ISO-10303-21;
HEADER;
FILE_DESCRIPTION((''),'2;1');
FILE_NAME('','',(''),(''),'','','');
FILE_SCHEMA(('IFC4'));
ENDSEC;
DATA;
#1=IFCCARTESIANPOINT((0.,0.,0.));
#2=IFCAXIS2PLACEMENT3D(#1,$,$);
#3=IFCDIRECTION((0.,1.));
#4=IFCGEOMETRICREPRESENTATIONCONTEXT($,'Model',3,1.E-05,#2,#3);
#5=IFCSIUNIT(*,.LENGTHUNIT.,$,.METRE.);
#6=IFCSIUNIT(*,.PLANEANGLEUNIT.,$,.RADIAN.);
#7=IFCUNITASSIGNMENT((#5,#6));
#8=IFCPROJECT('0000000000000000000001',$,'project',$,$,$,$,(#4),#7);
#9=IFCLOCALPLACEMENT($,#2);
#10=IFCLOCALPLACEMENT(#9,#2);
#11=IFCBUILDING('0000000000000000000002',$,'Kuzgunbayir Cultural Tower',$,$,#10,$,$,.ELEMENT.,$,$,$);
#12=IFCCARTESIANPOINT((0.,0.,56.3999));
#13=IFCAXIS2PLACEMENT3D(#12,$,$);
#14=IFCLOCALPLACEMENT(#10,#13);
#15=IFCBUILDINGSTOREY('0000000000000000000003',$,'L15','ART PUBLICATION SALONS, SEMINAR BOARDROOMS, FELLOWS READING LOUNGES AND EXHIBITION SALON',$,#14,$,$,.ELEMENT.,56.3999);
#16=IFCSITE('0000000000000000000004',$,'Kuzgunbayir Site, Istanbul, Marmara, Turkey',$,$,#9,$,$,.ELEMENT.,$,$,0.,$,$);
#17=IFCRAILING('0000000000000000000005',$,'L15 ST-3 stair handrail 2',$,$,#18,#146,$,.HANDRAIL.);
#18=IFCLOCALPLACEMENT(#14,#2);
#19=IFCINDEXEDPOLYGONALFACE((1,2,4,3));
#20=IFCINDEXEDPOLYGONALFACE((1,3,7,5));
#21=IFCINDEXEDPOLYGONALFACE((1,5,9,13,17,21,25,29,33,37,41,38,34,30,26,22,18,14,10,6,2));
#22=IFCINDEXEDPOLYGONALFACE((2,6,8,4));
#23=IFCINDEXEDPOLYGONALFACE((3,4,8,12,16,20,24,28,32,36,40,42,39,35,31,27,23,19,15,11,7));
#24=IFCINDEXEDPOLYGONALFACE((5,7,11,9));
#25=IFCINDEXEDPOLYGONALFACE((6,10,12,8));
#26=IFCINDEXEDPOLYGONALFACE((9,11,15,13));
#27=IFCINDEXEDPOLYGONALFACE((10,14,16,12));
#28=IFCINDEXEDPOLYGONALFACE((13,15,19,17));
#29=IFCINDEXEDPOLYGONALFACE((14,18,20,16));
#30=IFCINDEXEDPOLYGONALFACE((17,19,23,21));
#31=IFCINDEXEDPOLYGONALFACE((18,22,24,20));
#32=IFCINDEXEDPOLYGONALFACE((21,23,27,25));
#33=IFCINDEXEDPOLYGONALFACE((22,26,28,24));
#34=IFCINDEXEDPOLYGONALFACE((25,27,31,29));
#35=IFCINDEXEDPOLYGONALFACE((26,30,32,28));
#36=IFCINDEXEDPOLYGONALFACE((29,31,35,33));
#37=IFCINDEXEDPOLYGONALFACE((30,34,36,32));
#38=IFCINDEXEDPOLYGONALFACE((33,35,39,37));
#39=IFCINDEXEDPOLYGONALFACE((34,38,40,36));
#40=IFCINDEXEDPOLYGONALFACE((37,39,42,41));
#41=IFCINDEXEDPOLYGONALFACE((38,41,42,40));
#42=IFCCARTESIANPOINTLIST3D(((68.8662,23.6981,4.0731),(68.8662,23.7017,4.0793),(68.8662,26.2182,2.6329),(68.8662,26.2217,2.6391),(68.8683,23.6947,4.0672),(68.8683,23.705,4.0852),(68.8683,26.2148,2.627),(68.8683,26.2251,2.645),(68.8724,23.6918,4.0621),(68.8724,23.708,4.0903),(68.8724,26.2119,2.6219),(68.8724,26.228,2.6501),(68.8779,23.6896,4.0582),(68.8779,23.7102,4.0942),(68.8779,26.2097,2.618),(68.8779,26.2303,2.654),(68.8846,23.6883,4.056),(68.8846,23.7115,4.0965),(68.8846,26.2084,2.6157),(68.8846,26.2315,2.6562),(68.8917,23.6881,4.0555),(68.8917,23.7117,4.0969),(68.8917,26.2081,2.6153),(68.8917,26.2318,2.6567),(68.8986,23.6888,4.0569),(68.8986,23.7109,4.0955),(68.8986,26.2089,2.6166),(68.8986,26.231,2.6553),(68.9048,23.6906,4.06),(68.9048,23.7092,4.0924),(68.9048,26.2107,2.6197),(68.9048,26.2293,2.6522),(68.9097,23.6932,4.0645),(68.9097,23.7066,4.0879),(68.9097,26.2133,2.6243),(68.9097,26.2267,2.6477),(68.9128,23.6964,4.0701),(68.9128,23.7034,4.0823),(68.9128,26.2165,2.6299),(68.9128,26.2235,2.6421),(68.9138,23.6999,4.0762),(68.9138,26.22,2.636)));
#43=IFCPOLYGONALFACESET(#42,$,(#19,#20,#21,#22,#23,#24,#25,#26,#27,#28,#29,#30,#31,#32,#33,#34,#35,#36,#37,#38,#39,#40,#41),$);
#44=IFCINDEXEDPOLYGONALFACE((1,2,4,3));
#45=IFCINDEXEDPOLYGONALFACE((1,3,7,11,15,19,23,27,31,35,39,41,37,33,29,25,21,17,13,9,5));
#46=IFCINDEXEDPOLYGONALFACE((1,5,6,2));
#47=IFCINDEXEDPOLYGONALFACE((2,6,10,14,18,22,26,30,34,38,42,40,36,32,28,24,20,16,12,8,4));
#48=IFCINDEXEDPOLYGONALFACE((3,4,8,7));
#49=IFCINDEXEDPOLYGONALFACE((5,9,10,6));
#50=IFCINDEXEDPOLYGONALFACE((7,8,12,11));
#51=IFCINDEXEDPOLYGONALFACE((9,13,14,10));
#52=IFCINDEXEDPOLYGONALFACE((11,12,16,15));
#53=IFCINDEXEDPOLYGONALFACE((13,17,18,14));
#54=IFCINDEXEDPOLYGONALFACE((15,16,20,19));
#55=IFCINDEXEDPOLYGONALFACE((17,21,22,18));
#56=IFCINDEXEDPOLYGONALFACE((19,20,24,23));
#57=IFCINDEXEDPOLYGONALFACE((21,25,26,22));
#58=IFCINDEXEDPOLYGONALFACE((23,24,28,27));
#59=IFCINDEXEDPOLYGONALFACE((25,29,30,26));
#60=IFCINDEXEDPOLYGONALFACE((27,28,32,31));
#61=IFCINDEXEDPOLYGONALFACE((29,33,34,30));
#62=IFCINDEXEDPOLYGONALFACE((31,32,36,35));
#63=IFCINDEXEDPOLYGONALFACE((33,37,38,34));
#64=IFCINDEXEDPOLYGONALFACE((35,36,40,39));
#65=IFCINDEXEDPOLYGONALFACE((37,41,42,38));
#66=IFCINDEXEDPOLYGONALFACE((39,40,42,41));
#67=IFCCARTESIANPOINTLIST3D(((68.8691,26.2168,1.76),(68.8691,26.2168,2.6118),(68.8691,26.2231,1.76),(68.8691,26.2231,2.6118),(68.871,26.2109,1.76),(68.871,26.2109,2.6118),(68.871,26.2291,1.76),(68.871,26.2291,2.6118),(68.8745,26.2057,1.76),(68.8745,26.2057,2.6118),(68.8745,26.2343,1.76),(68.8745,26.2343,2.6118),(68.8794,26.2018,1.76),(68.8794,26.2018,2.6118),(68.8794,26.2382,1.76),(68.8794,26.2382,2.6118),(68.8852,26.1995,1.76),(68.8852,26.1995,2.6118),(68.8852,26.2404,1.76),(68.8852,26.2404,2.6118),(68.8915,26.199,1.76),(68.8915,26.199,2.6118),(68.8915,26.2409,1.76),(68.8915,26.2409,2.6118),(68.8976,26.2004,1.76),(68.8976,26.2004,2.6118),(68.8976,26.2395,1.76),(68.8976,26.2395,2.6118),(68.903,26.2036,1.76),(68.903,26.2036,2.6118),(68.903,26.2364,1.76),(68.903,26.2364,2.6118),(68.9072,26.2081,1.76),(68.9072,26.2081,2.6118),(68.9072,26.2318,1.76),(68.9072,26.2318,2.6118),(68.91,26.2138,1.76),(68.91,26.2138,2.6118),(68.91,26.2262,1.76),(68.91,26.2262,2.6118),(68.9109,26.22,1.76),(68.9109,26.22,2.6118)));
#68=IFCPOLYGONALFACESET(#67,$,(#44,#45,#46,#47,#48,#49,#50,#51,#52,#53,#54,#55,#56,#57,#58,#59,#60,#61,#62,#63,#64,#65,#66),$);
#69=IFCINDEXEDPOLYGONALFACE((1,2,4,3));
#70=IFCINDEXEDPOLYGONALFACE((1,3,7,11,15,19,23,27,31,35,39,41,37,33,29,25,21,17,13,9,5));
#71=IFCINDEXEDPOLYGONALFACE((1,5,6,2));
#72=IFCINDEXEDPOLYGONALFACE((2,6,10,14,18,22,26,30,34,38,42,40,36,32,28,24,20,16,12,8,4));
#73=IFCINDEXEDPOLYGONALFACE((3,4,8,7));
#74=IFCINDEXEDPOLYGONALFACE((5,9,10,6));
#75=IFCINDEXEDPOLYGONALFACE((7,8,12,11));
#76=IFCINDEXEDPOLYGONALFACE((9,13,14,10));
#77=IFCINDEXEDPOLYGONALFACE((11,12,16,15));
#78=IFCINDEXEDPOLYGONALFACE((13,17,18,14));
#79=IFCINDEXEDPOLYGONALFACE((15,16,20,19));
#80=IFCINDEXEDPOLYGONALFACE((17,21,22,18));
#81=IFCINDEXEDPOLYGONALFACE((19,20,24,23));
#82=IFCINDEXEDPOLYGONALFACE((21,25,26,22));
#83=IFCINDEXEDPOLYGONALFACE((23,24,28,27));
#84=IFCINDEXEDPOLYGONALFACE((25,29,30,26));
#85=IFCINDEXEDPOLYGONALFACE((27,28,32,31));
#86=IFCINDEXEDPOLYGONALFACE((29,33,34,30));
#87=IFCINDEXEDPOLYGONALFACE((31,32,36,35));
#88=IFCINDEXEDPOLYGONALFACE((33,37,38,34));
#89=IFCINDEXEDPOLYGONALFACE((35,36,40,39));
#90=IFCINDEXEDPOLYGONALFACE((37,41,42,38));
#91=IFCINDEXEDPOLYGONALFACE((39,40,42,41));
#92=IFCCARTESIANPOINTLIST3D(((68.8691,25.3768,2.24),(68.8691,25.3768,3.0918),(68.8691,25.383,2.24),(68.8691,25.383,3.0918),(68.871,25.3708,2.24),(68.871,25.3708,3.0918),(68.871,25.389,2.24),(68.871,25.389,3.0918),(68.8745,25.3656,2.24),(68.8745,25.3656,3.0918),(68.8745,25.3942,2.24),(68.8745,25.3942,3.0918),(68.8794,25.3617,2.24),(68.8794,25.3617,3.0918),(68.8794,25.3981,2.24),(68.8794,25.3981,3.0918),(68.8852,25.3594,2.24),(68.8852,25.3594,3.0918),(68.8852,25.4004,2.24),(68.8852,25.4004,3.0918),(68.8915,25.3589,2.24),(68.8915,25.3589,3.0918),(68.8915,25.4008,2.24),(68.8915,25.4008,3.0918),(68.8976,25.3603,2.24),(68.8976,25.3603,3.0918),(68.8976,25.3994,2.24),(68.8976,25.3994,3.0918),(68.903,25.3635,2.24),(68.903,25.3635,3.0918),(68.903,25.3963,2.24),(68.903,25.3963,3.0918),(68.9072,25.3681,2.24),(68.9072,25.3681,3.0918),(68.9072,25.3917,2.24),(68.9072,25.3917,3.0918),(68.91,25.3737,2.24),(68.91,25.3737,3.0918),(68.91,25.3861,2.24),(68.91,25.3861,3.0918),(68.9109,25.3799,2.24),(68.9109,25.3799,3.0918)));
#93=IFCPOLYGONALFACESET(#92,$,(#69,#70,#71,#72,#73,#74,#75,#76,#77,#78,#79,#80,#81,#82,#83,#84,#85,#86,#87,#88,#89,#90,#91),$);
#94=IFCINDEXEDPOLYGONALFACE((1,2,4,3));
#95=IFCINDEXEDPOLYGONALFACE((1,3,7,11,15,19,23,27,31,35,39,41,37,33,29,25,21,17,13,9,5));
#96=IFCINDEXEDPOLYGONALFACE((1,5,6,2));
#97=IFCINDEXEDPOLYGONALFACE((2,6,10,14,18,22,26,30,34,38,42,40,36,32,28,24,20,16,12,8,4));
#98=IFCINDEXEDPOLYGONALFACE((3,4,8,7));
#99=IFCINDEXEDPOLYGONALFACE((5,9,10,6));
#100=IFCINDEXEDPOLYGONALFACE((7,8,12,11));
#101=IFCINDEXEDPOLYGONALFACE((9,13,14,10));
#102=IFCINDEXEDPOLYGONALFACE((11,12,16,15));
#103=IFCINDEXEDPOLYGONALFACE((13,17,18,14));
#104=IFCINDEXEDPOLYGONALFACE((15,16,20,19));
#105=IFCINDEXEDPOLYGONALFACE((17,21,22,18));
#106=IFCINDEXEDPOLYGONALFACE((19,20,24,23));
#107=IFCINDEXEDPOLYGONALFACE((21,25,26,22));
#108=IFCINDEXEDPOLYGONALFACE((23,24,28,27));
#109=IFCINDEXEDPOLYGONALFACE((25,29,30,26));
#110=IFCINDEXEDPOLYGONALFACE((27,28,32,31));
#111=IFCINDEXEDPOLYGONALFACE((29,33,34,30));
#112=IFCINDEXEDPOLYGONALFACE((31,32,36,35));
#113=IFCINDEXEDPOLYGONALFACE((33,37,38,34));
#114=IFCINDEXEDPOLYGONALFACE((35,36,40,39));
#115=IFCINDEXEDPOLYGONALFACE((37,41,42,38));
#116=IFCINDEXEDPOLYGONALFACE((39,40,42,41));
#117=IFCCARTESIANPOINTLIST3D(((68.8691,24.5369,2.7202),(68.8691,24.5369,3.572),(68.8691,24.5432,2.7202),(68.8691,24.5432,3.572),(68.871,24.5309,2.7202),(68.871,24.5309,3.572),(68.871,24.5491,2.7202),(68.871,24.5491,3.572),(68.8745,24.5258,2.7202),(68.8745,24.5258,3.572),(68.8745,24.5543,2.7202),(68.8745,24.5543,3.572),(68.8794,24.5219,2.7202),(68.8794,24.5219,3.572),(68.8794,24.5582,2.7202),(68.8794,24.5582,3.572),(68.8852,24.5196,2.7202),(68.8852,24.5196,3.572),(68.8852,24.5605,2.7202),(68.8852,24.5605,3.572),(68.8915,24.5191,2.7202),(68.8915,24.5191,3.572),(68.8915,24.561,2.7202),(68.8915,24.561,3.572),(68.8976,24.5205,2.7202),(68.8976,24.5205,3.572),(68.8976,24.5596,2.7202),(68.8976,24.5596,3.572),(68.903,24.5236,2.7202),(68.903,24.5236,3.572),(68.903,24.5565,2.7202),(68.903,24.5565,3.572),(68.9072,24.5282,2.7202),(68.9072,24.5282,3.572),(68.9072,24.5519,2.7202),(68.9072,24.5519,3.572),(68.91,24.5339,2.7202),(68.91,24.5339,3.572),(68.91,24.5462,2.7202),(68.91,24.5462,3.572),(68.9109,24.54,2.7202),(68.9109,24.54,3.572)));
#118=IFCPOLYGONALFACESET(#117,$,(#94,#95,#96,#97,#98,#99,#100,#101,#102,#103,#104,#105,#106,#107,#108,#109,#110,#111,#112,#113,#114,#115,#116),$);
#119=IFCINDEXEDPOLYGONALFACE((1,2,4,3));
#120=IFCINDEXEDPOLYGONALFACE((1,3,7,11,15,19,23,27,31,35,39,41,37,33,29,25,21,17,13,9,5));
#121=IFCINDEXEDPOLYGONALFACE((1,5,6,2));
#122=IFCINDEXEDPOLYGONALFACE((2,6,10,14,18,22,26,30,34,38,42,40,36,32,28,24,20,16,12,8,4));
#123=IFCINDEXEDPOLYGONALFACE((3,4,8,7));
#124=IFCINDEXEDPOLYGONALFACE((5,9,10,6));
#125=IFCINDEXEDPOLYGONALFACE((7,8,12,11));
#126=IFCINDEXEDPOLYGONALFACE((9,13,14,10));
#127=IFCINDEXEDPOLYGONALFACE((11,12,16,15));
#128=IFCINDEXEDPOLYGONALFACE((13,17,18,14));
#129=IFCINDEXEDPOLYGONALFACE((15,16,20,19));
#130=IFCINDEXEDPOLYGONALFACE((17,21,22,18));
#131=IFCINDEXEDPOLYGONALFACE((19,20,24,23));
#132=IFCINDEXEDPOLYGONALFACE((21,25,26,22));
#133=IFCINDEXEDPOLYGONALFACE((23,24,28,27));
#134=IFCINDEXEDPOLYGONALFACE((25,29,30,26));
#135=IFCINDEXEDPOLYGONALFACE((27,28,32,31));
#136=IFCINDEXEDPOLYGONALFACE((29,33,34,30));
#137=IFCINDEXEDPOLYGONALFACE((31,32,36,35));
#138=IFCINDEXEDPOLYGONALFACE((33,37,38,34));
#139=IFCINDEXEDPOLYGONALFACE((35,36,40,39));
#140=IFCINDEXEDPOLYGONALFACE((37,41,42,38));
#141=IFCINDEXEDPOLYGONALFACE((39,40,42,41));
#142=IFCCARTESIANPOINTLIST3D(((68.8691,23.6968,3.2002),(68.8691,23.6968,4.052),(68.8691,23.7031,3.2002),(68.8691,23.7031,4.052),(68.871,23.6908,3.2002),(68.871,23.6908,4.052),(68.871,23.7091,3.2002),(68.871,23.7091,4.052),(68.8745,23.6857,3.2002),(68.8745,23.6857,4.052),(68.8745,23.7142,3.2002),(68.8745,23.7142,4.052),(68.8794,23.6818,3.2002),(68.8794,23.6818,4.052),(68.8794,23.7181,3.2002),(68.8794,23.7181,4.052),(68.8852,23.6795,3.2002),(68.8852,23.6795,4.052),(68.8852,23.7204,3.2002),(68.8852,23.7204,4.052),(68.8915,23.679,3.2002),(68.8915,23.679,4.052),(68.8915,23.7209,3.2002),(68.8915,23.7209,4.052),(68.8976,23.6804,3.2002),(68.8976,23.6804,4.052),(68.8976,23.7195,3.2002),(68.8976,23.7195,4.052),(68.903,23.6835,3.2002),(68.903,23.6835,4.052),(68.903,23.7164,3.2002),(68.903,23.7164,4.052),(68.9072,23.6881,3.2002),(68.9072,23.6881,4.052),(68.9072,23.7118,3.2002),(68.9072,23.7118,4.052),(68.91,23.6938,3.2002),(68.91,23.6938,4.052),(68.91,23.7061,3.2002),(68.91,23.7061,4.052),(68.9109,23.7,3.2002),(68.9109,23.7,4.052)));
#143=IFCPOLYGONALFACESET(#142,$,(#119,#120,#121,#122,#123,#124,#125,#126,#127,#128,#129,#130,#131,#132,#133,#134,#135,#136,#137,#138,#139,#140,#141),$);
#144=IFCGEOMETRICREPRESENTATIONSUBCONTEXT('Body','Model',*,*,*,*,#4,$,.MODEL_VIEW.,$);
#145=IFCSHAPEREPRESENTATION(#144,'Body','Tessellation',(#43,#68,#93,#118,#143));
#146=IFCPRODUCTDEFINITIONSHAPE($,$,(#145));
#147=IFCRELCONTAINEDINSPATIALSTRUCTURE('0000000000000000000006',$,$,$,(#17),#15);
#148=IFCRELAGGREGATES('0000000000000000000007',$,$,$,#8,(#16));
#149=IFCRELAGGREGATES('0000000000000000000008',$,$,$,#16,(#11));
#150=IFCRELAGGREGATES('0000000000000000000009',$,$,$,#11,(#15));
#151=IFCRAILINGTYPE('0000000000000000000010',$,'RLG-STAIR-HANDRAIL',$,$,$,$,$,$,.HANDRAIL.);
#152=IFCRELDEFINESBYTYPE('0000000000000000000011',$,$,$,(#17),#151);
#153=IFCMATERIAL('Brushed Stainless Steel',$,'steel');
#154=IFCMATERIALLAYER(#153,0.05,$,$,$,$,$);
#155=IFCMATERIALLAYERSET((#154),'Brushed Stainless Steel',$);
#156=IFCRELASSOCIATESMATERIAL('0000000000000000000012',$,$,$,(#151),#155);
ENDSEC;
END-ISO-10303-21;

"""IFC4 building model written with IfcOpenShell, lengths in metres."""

from ifc_helpers import new_model, si_unit, direction, frame, origin, origin_2d, place, context, subcontext, project, spatial, circle, extrude, material, layer, layer_set, type_object, element, save


model = new_model("IFC4")

# Units and contexts
model_context = context("Model", 3, precision=1e-05, world=origin(), true_north=direction((0.0, 1.0)))
body_context = subcontext(model_context, "Body", "Model", "MODEL_VIEW")
ifc_project = project(units=[si_unit("LENGTHUNIT", "METRE"), si_unit("PLANEANGLEUNIT", "RADIAN")], contexts=[model_context])

# Site, building, storey
site_placement = place(None, origin())
site = spatial("IfcSite", under=ifc_project, at=site_placement, Name="Kuzgunbayir Site, Istanbul, Marmara, Turkey", CompositionType="ELEMENT", RefElevation=0.0)
building_placement = place(site_placement, origin())
building = spatial("IfcBuilding", under=site, at=building_placement, Name="Kuzgunbayir Cultural Tower", CompositionType="ELEMENT")
storey_placement = place(building_placement, frame((0.0, 0.0, 56.3999)))
storey = spatial("IfcBuildingStorey", under=building, at=storey_placement, Name="L15", Description="ART PUBLICATION SALONS, SEMINAR BOARDROOMS, FELLOWS READING LOUNGES AND EXHIBITION SALON", CompositionType="ELEMENT", Elevation=56.3999)

# Railing
ifc_material_1 = material(Name="Brushed Stainless Steel", Category="steel")
ifc_layer_1 = layer(ifc_material_1, 0.05)
ifc_layer_set_1 = layer_set([ifc_layer_1], Name="Brushed Stainless Steel")
railing_type_1 = type_object("IfcRailingType", Name="RLG-STAIR-HANDRAIL", PredefinedType="HANDRAIL", material=ifc_layer_set_1)
railing_1_placement = place(storey_placement, frame((68.8899, 26.22, 1.76)))
element("IfcRailing", 1, at=railing_1_placement, inside=storey, type_object=railing_type_1, Name="L15 ST-3 stair handrail 2", PredefinedType="HANDRAIL", context=body_context, shape_type="SweptSolid", body=[
    extrude(circle(Radius=0.0239, at=origin_2d()), frame((0.0, 0.0, 0.876), z_axis=(0.0, -0.868217, 0.496184), x_axis=(1.0, 0.0, 0.0)), (0.0, 0.0, 1.0), 2.9026),
    extrude(circle(Radius=0.021, at=origin_2d()), origin(), (0.0, 0.0, 1.0), 0.8518),
    extrude(circle(Radius=0.021, at=origin_2d()), frame((0.0, -0.8401, 0.48)), (0.0, 0.0, 1.0), 0.8518),
    extrude(circle(Radius=0.021, at=origin_2d()), frame((0.0, -1.6799, 0.9602)), (0.0, 0.0, 1.0), 0.8518),
    extrude(circle(Radius=0.021, at=origin_2d()), frame((0.0, -2.52, 1.4402)), (0.0, 0.0, 1.0), 0.8518),
])

save(model, "model.ifc")
